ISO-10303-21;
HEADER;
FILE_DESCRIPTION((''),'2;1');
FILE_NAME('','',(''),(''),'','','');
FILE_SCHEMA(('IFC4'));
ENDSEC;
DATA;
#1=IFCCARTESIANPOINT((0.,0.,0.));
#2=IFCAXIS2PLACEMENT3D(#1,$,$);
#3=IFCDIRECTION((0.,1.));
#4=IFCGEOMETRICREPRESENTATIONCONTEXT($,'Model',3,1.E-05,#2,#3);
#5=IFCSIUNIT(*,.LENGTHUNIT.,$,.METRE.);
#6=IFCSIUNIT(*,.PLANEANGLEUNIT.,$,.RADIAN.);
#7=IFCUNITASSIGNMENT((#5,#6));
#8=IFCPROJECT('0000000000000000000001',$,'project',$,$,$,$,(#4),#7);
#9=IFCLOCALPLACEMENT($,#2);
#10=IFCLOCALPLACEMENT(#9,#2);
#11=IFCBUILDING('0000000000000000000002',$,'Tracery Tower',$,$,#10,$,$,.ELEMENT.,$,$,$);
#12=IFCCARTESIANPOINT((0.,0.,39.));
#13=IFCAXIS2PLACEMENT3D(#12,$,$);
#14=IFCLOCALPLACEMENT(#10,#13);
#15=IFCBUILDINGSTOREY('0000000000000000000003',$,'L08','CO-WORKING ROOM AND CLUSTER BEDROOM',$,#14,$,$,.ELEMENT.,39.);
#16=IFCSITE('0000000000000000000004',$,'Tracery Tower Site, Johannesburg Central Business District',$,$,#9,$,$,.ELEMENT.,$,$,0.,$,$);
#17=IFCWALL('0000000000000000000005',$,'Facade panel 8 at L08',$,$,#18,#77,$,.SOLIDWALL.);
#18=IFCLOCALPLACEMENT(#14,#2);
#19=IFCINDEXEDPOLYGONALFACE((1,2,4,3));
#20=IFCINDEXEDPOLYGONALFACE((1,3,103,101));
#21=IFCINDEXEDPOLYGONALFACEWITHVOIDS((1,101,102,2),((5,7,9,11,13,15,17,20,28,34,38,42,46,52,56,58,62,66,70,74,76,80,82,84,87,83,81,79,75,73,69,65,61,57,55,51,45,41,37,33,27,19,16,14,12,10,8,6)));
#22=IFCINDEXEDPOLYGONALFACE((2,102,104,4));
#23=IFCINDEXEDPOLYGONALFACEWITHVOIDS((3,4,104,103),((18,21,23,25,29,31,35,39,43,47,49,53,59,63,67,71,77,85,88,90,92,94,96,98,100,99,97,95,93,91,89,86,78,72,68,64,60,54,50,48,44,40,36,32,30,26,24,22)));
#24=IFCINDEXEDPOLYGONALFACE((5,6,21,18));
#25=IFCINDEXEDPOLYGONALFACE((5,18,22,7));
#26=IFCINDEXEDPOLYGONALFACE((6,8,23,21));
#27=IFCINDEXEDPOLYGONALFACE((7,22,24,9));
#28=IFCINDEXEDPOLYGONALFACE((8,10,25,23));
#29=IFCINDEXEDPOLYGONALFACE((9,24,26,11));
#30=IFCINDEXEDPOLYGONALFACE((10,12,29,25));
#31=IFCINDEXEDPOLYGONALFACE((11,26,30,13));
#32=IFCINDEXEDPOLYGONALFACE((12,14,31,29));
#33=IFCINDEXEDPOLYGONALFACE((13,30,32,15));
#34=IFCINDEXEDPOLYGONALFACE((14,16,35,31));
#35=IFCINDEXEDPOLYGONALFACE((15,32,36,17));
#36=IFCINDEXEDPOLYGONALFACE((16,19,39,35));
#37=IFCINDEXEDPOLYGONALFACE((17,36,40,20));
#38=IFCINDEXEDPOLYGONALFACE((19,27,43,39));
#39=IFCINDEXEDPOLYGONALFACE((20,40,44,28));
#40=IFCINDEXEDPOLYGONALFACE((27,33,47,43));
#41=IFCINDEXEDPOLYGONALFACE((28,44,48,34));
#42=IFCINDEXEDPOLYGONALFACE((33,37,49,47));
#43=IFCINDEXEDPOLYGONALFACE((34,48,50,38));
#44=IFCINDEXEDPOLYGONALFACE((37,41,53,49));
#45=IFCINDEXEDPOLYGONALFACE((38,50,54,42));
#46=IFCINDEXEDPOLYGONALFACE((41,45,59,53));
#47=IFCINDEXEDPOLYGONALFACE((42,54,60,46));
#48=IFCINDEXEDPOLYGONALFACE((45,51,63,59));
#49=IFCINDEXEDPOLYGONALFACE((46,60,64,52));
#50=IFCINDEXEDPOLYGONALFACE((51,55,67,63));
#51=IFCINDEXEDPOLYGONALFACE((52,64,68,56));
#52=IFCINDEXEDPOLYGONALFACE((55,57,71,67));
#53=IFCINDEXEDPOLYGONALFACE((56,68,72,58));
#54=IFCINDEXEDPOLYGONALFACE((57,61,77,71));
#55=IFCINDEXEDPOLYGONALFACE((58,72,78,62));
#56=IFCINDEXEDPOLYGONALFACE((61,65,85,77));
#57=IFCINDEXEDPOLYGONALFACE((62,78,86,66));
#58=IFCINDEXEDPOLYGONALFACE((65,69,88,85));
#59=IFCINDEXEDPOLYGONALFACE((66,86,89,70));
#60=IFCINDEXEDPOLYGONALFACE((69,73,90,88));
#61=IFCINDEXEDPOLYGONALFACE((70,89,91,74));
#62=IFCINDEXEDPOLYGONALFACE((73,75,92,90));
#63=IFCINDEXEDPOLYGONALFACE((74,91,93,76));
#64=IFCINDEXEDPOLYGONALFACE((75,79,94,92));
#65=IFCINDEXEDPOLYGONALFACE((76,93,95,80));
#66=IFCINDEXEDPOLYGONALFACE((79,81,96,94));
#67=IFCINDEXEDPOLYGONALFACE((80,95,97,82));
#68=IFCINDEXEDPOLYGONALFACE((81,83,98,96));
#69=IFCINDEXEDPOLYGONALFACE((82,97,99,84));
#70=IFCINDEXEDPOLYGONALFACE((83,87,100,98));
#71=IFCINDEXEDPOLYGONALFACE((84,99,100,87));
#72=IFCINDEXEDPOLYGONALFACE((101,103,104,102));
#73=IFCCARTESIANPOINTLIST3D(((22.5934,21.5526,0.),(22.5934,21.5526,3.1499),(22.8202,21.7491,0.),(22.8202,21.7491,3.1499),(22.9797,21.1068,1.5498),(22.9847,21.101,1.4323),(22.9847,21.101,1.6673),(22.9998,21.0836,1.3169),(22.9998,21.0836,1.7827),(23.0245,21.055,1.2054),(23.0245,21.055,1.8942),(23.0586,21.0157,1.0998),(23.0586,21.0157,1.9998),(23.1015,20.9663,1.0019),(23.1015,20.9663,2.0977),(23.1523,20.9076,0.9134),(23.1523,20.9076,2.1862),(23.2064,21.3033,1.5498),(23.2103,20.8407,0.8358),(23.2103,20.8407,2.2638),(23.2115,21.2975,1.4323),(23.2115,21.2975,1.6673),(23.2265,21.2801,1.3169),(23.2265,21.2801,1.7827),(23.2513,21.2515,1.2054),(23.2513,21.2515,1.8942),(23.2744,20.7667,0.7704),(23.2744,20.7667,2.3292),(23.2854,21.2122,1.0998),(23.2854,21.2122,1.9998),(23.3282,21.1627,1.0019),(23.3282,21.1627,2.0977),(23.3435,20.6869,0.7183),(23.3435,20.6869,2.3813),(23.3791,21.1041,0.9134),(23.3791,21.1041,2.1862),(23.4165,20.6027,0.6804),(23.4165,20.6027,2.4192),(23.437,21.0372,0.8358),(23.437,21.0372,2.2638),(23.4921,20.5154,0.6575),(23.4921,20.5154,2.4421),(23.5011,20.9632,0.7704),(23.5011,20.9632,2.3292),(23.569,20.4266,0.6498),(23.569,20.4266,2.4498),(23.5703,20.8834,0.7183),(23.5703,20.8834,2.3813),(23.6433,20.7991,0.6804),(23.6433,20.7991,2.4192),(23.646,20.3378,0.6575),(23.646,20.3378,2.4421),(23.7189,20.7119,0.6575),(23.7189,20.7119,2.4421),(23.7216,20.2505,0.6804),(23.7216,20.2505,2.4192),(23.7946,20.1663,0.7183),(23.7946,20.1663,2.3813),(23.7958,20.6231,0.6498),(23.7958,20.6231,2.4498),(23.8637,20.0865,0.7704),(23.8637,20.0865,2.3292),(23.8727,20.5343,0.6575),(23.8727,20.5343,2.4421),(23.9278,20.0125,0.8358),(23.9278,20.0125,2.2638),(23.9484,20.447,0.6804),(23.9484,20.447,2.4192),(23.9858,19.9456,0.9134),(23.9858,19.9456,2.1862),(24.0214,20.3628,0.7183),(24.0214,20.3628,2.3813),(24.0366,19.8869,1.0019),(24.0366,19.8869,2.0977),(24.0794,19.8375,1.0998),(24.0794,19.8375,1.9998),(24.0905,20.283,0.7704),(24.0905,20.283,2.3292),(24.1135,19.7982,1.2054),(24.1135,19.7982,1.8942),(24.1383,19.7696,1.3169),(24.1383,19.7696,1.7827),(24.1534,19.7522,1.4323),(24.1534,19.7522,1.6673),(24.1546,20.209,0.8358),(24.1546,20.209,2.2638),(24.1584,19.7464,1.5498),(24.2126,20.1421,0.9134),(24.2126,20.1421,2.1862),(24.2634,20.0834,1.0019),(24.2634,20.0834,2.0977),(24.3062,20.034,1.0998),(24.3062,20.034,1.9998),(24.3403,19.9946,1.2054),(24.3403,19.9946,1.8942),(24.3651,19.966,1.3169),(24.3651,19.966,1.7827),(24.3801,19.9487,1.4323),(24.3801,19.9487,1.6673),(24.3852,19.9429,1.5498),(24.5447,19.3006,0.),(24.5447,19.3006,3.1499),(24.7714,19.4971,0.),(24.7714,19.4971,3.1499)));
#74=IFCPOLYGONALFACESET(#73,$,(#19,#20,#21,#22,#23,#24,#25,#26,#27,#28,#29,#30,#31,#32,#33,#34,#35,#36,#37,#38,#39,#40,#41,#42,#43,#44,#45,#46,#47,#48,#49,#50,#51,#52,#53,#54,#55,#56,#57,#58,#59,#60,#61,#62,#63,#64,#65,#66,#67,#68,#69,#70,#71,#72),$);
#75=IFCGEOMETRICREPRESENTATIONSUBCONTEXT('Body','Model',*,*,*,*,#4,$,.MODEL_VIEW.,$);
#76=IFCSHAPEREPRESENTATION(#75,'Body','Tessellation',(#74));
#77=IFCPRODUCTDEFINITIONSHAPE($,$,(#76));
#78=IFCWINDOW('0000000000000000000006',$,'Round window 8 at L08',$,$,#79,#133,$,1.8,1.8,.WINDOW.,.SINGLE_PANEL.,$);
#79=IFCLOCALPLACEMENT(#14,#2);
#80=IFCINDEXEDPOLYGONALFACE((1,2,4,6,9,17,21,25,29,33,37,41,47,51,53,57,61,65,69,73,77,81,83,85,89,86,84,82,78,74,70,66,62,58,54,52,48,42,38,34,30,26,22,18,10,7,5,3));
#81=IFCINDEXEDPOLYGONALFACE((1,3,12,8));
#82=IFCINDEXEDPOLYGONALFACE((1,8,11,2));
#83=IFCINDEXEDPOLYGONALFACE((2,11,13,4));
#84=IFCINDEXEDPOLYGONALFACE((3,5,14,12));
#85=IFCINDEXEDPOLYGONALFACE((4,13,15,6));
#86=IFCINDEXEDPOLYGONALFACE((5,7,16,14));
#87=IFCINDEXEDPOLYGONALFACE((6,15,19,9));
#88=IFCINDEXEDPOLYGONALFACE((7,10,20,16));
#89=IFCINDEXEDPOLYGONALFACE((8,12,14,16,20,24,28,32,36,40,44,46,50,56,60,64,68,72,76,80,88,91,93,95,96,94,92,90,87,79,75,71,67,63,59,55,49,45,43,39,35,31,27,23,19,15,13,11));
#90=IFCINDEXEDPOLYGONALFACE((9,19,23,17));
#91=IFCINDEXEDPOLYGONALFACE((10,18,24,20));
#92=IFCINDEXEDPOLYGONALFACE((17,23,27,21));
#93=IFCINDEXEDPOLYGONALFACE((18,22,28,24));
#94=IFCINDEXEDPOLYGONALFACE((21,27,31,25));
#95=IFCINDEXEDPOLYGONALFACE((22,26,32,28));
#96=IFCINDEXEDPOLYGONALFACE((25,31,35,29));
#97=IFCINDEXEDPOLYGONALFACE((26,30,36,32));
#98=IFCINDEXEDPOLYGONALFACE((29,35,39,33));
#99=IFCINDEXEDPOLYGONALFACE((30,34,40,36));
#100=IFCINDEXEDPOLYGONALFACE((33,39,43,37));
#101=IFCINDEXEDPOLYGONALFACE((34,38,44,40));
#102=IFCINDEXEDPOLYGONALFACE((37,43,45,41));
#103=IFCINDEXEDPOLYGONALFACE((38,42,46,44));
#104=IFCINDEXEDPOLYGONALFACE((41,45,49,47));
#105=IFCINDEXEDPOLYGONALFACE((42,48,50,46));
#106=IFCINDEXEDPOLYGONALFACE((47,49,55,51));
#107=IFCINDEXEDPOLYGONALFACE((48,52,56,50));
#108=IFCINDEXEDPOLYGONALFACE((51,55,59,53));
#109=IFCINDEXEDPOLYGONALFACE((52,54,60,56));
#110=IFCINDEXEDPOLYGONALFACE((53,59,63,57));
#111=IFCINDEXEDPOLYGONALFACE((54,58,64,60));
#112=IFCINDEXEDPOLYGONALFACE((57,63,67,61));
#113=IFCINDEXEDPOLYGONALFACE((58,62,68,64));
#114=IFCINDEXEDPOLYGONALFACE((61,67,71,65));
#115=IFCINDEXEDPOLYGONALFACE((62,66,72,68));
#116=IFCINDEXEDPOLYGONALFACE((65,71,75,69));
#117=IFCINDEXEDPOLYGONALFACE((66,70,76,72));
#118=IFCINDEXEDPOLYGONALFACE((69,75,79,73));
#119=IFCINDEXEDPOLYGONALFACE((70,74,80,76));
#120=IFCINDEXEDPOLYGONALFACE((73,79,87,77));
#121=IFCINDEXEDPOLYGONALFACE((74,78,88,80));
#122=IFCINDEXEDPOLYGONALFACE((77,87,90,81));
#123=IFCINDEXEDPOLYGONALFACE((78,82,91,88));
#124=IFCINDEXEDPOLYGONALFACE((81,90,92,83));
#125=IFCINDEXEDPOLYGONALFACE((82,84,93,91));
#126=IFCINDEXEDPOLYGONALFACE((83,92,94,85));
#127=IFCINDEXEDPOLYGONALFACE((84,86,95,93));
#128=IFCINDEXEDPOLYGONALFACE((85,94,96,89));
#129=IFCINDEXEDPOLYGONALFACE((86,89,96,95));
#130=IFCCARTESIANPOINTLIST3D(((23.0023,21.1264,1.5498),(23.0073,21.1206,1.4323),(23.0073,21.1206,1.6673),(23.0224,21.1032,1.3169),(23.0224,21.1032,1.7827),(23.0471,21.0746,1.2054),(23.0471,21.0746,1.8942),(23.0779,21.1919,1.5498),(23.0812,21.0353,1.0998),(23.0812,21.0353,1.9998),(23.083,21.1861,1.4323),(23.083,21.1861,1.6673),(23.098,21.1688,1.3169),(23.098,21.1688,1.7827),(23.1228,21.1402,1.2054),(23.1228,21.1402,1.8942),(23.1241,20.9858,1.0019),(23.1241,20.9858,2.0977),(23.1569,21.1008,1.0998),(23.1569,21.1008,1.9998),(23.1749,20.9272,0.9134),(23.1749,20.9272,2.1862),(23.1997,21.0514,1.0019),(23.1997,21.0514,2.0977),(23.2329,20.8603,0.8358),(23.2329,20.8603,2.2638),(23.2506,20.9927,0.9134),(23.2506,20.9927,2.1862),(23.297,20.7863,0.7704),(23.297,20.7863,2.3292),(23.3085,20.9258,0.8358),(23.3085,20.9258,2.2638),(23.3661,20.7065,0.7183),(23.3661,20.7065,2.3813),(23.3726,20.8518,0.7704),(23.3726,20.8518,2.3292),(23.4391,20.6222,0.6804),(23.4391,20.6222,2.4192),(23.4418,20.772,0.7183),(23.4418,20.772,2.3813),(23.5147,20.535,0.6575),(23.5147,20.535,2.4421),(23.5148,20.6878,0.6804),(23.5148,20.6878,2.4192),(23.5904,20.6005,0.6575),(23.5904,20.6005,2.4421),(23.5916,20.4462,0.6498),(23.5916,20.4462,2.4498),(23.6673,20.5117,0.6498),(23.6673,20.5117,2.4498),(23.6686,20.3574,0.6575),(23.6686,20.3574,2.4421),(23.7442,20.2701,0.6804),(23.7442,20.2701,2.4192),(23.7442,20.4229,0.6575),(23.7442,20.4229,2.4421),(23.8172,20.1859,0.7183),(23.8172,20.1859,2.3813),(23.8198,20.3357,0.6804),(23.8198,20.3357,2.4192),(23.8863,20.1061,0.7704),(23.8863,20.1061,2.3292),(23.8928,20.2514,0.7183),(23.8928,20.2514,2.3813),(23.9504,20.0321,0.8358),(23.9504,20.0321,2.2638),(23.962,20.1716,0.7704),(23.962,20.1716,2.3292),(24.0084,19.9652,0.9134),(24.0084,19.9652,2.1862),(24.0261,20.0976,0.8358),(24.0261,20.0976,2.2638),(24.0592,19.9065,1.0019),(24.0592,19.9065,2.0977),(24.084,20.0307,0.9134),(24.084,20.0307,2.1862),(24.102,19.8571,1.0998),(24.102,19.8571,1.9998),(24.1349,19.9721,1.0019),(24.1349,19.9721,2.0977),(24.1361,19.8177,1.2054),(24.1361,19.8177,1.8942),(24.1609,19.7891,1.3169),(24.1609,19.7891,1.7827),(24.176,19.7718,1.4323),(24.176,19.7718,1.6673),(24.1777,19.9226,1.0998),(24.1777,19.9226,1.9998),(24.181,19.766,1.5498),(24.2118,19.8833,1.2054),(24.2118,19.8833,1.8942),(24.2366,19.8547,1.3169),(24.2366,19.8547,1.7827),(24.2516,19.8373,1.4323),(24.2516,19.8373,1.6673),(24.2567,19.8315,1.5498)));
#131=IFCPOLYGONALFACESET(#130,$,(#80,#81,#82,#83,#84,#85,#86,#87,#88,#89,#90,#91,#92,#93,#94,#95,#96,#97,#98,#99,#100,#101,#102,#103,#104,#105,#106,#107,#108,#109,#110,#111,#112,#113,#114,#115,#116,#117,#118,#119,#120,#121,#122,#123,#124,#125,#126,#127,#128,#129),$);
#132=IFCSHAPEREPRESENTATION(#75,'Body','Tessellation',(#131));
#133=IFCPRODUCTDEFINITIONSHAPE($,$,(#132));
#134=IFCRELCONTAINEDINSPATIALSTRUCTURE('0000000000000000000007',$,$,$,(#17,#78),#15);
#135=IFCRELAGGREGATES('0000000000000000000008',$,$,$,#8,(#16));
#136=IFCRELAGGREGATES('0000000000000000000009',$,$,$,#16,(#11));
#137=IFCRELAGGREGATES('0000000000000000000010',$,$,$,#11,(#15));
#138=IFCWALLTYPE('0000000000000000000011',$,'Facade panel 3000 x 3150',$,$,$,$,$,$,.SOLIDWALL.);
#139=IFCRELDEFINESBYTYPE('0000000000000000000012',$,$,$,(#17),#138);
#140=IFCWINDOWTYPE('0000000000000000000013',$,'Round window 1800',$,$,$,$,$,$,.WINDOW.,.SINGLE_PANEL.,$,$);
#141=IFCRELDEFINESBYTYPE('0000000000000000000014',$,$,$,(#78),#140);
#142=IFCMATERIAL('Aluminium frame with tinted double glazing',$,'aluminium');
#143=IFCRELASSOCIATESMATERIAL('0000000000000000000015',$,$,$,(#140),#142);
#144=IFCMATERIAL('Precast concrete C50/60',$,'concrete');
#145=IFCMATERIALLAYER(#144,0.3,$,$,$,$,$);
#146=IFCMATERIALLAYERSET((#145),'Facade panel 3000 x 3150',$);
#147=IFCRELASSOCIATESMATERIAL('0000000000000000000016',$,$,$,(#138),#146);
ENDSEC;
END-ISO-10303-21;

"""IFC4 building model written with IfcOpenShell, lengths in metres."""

from ifc_helpers import new_model, si_unit, direction, frame, frame_2d, origin, origin_2d, place, context, subcontext, project, spatial, rectangle, circle, extrude, material, layer, layer_set, type_object, element, fill, save


model = new_model("IFC4")

# Units and contexts
model_context = context("Model", 3, precision=1e-05, world=origin(), true_north=direction((0.0, 1.0)))
body_context = subcontext(model_context, "Body", "Model", "MODEL_VIEW")
ifc_project = project(units=[si_unit("LENGTHUNIT", "METRE"), si_unit("PLANEANGLEUNIT", "RADIAN")], contexts=[model_context])

# Site, building, storey
site_placement = place(None, origin())
site = spatial("IfcSite", under=ifc_project, at=site_placement, Name="Tracery Tower Site, Johannesburg Central Business District", CompositionType="ELEMENT", RefElevation=0.0)
building_placement = place(site_placement, origin())
building = spatial("IfcBuilding", under=site, at=building_placement, Name="Tracery Tower", CompositionType="ELEMENT")
storey_placement = place(building_placement, frame((0.0, 0.0, 39.0)))
storey = spatial("IfcBuildingStorey", under=building, at=storey_placement, Name="L08", Description="CO-WORKING ROOM AND CLUSTER BEDROOM", CompositionType="ELEMENT", Elevation=39.0)

# Wall, opening, window
ifc_material_1 = material(Name="Aluminium frame with tinted double glazing", Category="aluminium")
window_type = type_object("IfcWindowType", Name="Round window 1800", PartitioningType="SINGLE_PANEL", PredefinedType="WINDOW", material=ifc_material_1)
ifc_material_2 = material(Name="Precast concrete C50/60", Category="concrete")
ifc_layer_1 = layer(ifc_material_2, 0.3)
ifc_layer_set_1 = layer_set([ifc_layer_1], Name="Facade panel 3000 x 3150")
wall_type_1 = type_object("IfcWallType", Name="Facade panel 3000 x 3150", PredefinedType="SOLIDWALL", material=ifc_layer_set_1)
wall_1_placement = place(storey_placement, frame((24.658, 19.3989, 0.0), z_axis=(0.0, 0.0, 1.0), x_axis=(-0.654831, 0.755776, 0.0)))
wall_1 = element("IfcWall", 1, at=wall_1_placement, inside=storey, type_object=wall_type_1, Name="Facade panel 8 at L08", PredefinedType="SOLIDWALL", context=body_context, shape_type="SweptSolid", body=[
    extrude(rectangle(XDim=2.9797, YDim=0.3, at=frame_2d((1.4897, 0.0))), origin(), (0.0, 0.0, 1.0), 3.1499),
])
opening_1_placement = place(wall_1_placement, frame((1.4897, 0.0, 1.5498)))
opening_1 = element("IfcOpeningElement", 2, at=opening_1_placement, cuts=wall_1, PredefinedType="OPENING", context=body_context, shape_type="SweptSolid", body=[
    extrude(circle(Radius=0.9, at=origin_2d()), frame((0.0, 0.1599, 0.0), z_axis=(0.0, -1.0, 0.0), x_axis=(1.0, 0.0, 0.0)), (0.0, 0.0, 1.0), 0.3201),
])
window_1_placement = place(opening_1_placement, origin())
window_1 = element("IfcWindow", 3, at=window_1_placement, inside=storey, type_object=window_type, Name="Round window 8 at L08", OverallHeight=1.8, OverallWidth=1.8, PartitioningType="SINGLE_PANEL", PredefinedType="WINDOW", context=body_context, shape_type="SweptSolid", body=[
    extrude(circle(Radius=0.9, at=origin_2d()), frame((0.0, 0.1201, 0.0), z_axis=(0.0, -1.0, 0.0), x_axis=(1.0, 0.0, 0.0)), (0.0, 0.0, 1.0), 0.1001),
])
fill(opening_1, window_1)

save(model, "model.ifc")
